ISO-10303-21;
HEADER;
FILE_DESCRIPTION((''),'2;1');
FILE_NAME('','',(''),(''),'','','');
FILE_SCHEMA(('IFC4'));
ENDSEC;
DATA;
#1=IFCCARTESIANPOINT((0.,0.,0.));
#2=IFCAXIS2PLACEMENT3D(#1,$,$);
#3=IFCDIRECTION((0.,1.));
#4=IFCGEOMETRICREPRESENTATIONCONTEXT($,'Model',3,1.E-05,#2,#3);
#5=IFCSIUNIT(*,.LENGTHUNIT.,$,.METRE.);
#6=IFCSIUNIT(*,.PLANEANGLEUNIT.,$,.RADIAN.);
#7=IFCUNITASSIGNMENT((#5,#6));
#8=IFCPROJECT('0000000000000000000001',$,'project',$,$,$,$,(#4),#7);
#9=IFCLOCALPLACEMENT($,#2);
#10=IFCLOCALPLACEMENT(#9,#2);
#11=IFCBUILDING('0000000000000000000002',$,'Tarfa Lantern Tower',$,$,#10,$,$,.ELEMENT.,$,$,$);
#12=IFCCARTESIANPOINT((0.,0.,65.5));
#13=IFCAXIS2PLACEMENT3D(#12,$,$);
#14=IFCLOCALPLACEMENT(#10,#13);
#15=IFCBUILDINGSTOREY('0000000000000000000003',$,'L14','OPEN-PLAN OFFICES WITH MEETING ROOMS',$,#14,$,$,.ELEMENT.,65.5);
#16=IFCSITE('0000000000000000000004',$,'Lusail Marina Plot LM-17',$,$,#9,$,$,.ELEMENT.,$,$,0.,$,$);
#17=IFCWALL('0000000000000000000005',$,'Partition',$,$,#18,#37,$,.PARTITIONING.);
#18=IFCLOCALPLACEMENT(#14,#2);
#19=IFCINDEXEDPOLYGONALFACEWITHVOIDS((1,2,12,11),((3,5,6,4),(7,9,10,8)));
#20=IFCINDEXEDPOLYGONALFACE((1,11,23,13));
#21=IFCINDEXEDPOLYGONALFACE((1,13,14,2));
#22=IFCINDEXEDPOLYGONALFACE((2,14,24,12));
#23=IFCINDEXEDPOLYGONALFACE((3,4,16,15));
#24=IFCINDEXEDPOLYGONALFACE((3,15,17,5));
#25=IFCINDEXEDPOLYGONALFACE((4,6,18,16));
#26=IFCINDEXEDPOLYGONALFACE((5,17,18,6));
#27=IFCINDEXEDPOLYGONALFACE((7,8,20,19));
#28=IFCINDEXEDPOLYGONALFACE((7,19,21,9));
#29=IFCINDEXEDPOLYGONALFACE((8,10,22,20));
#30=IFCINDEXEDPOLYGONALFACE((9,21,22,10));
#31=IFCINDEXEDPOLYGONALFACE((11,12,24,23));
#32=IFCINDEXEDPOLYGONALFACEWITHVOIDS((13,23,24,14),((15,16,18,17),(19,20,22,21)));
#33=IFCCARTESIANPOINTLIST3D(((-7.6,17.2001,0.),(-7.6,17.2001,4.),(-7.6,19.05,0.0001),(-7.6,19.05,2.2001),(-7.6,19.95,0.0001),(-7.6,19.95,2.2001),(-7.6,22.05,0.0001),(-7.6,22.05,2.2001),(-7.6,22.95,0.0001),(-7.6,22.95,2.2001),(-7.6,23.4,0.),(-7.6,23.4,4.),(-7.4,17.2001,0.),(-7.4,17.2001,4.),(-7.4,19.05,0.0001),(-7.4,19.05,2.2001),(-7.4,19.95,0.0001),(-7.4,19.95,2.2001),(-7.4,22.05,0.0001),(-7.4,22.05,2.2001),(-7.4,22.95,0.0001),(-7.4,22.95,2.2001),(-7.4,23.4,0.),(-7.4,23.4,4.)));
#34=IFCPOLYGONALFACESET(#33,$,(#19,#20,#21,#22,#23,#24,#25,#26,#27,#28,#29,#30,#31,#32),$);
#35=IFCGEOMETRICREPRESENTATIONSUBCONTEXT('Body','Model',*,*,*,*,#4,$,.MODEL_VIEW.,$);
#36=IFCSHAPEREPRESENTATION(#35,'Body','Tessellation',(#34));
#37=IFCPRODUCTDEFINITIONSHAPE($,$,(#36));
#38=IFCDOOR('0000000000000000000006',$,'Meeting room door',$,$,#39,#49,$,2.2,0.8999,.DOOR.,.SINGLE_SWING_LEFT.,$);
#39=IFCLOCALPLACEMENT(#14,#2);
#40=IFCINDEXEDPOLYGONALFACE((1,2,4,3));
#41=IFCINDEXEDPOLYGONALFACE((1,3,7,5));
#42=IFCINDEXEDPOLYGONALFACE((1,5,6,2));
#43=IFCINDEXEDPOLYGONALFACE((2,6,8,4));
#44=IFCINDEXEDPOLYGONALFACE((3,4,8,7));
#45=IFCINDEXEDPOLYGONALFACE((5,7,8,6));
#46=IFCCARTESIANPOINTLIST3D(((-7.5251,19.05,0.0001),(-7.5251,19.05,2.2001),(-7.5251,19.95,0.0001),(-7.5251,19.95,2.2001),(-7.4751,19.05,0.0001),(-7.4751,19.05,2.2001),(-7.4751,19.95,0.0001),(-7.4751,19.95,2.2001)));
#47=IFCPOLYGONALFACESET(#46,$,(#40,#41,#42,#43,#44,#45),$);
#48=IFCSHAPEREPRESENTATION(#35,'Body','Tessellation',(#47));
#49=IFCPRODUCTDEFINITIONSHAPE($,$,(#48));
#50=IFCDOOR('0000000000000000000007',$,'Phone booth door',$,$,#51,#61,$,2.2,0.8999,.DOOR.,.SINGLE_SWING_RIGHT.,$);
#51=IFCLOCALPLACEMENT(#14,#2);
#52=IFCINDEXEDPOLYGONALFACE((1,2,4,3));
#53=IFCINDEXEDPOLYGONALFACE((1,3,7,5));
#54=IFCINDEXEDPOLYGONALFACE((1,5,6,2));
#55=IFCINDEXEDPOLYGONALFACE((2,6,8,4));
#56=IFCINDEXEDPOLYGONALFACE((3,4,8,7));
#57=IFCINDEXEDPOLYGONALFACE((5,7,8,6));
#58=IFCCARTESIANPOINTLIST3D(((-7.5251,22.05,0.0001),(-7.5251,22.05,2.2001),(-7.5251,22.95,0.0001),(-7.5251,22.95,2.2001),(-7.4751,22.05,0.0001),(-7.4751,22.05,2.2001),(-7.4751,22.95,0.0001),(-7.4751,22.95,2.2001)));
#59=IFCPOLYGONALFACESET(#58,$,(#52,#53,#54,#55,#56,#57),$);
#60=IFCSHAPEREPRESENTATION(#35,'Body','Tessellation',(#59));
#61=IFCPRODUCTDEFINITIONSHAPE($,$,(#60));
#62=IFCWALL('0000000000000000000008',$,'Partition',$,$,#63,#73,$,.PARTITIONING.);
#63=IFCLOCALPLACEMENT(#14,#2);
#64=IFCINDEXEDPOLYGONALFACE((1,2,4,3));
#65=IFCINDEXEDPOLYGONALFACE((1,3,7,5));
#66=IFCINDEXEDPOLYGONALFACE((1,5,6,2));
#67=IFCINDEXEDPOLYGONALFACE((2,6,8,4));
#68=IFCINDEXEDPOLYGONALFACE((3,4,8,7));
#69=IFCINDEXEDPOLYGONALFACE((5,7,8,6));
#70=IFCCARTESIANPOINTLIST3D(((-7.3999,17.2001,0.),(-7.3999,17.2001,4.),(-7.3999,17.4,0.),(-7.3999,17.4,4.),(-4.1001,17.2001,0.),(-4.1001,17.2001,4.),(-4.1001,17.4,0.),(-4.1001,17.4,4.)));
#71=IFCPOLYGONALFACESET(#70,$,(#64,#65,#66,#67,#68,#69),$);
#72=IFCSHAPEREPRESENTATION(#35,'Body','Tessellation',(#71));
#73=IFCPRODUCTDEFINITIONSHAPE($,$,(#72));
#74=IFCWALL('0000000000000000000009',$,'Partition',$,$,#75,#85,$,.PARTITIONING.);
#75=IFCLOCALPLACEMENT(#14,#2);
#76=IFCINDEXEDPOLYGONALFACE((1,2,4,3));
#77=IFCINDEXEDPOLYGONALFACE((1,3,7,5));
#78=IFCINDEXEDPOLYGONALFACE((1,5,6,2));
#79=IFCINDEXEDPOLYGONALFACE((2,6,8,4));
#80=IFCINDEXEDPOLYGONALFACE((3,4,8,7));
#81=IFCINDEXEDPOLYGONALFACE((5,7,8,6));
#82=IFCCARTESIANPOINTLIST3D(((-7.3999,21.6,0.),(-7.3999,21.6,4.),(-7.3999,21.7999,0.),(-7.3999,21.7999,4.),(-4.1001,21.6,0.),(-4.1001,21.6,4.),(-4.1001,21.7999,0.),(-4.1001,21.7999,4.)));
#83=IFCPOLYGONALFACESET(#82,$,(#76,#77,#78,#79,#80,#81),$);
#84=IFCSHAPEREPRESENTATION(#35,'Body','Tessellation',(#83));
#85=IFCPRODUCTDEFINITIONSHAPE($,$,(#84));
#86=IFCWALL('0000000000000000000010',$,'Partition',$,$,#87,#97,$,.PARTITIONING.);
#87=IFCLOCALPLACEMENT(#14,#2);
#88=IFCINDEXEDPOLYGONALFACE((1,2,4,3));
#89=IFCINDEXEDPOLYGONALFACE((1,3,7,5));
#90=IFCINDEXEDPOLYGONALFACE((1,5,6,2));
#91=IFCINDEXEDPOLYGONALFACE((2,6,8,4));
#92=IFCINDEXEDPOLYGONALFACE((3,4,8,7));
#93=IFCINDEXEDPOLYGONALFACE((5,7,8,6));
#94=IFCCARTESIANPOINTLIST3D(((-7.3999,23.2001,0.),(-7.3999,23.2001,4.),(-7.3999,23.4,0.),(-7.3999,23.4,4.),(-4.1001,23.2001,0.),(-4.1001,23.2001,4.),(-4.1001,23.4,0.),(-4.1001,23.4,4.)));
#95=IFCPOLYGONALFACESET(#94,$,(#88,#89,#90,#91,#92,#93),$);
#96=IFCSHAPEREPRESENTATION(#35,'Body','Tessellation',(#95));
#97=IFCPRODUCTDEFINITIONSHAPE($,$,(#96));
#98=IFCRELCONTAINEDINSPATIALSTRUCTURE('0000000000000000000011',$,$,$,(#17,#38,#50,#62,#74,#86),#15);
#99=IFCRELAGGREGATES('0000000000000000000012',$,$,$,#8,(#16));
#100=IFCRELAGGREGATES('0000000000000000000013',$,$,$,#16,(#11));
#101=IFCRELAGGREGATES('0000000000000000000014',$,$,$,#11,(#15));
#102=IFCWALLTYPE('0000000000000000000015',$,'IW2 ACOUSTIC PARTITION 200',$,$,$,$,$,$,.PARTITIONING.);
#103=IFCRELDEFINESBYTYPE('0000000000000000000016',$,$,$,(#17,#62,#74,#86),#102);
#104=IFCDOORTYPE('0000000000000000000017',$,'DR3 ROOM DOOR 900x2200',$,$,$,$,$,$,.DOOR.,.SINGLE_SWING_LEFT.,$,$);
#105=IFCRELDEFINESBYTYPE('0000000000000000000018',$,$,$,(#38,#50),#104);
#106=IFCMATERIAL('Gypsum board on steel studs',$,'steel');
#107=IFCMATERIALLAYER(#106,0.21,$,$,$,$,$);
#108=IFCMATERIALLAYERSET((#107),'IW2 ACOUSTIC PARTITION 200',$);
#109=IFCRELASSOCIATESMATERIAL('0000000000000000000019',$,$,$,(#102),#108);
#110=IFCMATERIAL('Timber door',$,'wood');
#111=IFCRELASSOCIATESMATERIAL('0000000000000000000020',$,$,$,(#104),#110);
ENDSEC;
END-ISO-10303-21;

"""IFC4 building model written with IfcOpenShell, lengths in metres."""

from ifc_helpers import new_model, si_unit, direction, frame, frame_2d, origin, place, context, subcontext, project, spatial, rectangle, extrude, material, layer, layer_set, type_object, element, fill, save


model = new_model("IFC4")

# Units and contexts
model_context = context("Model", 3, precision=1e-05, world=origin(), true_north=direction((0.0, 1.0)))
body_context = subcontext(model_context, "Body", "Model", "MODEL_VIEW")
ifc_project = project(units=[si_unit("LENGTHUNIT", "METRE"), si_unit("PLANEANGLEUNIT", "RADIAN")], contexts=[model_context])

# Site, building, storey
site_placement = place(None, origin())
site = spatial("IfcSite", under=ifc_project, at=site_placement, Name="Lusail Marina Plot LM-17", CompositionType="ELEMENT", RefElevation=0.0)
building_placement = place(site_placement, origin())
building = spatial("IfcBuilding", under=site, at=building_placement, Name="Tarfa Lantern Tower", CompositionType="ELEMENT")
storey_placement = place(building_placement, frame((0.0, 0.0, 65.5)))
storey = spatial("IfcBuildingStorey", under=building, at=storey_placement, Name="L14", Description="OPEN-PLAN OFFICES WITH MEETING ROOMS", CompositionType="ELEMENT", Elevation=65.5)

# Shared definitions
ifc_material_1 = material(Name="Gypsum board on steel studs", Category="steel")
ifc_layer_1 = layer(ifc_material_1, 0.21)
ifc_layer_set_1 = layer_set([ifc_layer_1], Name="IW2 ACOUSTIC PARTITION 200")
wall_type = type_object("IfcWallType", Name="IW2 ACOUSTIC PARTITION 200", PredefinedType="PARTITIONING", material=ifc_layer_set_1)
ifc_material_2 = material(Name="Timber door", Category="wood")

# Wall, openings, doors
wall_1_placement = place(storey_placement, frame((-7.5, 17.2, 0.0), z_axis=(0.0, 0.0, 1.0), x_axis=(0.0, 1.0, 0.0)))
wall_1 = element("IfcWall", 1, at=wall_1_placement, inside=storey, type_object=wall_type, Name="Partition", PredefinedType="PARTITIONING", context=body_context, shape_type="SweptSolid", body=[
    extrude(rectangle(XDim=6.2, YDim=0.2, at=frame_2d((3.1001, 0.0))), origin(), (0.0, 0.0, 1.0), 4.0),
])
opening_1_placement = place(wall_1_placement, frame((1.8501, 0.0, 0.0)))
opening_1 = element("IfcOpeningElement", 2, at=opening_1_placement, cuts=wall_1, PredefinedType="OPENING", context=body_context, shape_type="SweptSolid", body=[
    extrude(rectangle(XDim=0.8999, YDim=2.2, at=frame_2d((0.45, 1.1001))), frame((0.0, 0.1099, 0.0), z_axis=(0.0, -1.0, 0.0), x_axis=(1.0, 0.0, 0.0)), (0.0, 0.0, 1.0), 0.22),
])
opening_2_placement = place(wall_1_placement, frame((4.8501, 0.0, 0.0)))
opening_2 = element("IfcOpeningElement", 3, at=opening_2_placement, cuts=wall_1, PredefinedType="OPENING", context=body_context, shape_type="SweptSolid", body=[
    extrude(rectangle(XDim=0.8999, YDim=2.2, at=frame_2d((0.45, 1.1001))), frame((0.0, 0.1099, 0.0), z_axis=(0.0, -1.0, 0.0), x_axis=(1.0, 0.0, 0.0)), (0.0, 0.0, 1.0), 0.22),
])
door_type_1 = type_object("IfcDoorType", Name="DR3 ROOM DOOR 900x2200", OperationType="SINGLE_SWING_LEFT", PredefinedType="DOOR", material=ifc_material_2)
door_1_placement = place(opening_1_placement, frame((0.8999, 0.0, 0.0), z_axis=(0.0, 0.0, 1.0), x_axis=(-1.0, 0.0, 0.0)))
door_1 = element("IfcDoor", 4, at=door_1_placement, inside=storey, type_object=door_type_1, Name="Meeting room door", OperationType="SINGLE_SWING_LEFT", OverallHeight=2.2, OverallWidth=0.8999, PredefinedType="DOOR", context=body_context, shape_type="SweptSolid", body=[
    extrude(rectangle(XDim=0.8999, YDim=2.2, at=frame_2d((0.45, 1.1001))), frame((0.0, 0.0249, 0.0), z_axis=(0.0, -1.0, 0.0), x_axis=(1.0, 0.0, 0.0)), (0.0, 0.0, 1.0), 0.05),
])
fill(opening_1, door_1)
door_2_placement = place(opening_2_placement, frame((0.8999, 0.0, 0.0), z_axis=(0.0, 0.0, 1.0), x_axis=(-1.0, 0.0, 0.0)))
door_2 = element("IfcDoor", 5, at=door_2_placement, inside=storey, type_object=door_type_1, Name="Phone booth door", OperationType="SINGLE_SWING_RIGHT", OverallHeight=2.2, OverallWidth=0.8999, PredefinedType="DOOR", context=body_context, shape_type="SweptSolid", body=[
    extrude(rectangle(XDim=0.8999, YDim=2.2, at=frame_2d((0.45, 1.1001))), frame((0.0, 0.0249, 0.0), z_axis=(0.0, -1.0, 0.0), x_axis=(1.0, 0.0, 0.0)), (0.0, 0.0, 1.0), 0.05),
])
fill(opening_2, door_2)

# Walls
for number, where, z_axis, x_axis, name in (
    (6, (-4.1001, 17.3, 0.0), (0.0, 0.0, 1.0), (-1.0, 0.0, 0.0), "Partition"),
    (7, (-4.1001, 21.7, 0.0), (0.0, 0.0, 1.0), (-1.0, 0.0, 0.0), "Partition"),
    (8, (-4.1001, 23.3, 0.0), (0.0, 0.0, 1.0), (-1.0, 0.0, 0.0), "Partition"),
):
    element("IfcWall", number, at=place(storey_placement, frame(where, z_axis=z_axis, x_axis=x_axis)), inside=storey, type_object=wall_type, Name=name, PredefinedType="PARTITIONING", context=body_context, shape_type="SweptSolid", body=[
        extrude(rectangle(XDim=3.2998, YDim=0.2, at=frame_2d((1.6499, 0.0))), origin(), (0.0, 0.0, 1.0), 4.0),
    ])

save(model, "model.ifc")
